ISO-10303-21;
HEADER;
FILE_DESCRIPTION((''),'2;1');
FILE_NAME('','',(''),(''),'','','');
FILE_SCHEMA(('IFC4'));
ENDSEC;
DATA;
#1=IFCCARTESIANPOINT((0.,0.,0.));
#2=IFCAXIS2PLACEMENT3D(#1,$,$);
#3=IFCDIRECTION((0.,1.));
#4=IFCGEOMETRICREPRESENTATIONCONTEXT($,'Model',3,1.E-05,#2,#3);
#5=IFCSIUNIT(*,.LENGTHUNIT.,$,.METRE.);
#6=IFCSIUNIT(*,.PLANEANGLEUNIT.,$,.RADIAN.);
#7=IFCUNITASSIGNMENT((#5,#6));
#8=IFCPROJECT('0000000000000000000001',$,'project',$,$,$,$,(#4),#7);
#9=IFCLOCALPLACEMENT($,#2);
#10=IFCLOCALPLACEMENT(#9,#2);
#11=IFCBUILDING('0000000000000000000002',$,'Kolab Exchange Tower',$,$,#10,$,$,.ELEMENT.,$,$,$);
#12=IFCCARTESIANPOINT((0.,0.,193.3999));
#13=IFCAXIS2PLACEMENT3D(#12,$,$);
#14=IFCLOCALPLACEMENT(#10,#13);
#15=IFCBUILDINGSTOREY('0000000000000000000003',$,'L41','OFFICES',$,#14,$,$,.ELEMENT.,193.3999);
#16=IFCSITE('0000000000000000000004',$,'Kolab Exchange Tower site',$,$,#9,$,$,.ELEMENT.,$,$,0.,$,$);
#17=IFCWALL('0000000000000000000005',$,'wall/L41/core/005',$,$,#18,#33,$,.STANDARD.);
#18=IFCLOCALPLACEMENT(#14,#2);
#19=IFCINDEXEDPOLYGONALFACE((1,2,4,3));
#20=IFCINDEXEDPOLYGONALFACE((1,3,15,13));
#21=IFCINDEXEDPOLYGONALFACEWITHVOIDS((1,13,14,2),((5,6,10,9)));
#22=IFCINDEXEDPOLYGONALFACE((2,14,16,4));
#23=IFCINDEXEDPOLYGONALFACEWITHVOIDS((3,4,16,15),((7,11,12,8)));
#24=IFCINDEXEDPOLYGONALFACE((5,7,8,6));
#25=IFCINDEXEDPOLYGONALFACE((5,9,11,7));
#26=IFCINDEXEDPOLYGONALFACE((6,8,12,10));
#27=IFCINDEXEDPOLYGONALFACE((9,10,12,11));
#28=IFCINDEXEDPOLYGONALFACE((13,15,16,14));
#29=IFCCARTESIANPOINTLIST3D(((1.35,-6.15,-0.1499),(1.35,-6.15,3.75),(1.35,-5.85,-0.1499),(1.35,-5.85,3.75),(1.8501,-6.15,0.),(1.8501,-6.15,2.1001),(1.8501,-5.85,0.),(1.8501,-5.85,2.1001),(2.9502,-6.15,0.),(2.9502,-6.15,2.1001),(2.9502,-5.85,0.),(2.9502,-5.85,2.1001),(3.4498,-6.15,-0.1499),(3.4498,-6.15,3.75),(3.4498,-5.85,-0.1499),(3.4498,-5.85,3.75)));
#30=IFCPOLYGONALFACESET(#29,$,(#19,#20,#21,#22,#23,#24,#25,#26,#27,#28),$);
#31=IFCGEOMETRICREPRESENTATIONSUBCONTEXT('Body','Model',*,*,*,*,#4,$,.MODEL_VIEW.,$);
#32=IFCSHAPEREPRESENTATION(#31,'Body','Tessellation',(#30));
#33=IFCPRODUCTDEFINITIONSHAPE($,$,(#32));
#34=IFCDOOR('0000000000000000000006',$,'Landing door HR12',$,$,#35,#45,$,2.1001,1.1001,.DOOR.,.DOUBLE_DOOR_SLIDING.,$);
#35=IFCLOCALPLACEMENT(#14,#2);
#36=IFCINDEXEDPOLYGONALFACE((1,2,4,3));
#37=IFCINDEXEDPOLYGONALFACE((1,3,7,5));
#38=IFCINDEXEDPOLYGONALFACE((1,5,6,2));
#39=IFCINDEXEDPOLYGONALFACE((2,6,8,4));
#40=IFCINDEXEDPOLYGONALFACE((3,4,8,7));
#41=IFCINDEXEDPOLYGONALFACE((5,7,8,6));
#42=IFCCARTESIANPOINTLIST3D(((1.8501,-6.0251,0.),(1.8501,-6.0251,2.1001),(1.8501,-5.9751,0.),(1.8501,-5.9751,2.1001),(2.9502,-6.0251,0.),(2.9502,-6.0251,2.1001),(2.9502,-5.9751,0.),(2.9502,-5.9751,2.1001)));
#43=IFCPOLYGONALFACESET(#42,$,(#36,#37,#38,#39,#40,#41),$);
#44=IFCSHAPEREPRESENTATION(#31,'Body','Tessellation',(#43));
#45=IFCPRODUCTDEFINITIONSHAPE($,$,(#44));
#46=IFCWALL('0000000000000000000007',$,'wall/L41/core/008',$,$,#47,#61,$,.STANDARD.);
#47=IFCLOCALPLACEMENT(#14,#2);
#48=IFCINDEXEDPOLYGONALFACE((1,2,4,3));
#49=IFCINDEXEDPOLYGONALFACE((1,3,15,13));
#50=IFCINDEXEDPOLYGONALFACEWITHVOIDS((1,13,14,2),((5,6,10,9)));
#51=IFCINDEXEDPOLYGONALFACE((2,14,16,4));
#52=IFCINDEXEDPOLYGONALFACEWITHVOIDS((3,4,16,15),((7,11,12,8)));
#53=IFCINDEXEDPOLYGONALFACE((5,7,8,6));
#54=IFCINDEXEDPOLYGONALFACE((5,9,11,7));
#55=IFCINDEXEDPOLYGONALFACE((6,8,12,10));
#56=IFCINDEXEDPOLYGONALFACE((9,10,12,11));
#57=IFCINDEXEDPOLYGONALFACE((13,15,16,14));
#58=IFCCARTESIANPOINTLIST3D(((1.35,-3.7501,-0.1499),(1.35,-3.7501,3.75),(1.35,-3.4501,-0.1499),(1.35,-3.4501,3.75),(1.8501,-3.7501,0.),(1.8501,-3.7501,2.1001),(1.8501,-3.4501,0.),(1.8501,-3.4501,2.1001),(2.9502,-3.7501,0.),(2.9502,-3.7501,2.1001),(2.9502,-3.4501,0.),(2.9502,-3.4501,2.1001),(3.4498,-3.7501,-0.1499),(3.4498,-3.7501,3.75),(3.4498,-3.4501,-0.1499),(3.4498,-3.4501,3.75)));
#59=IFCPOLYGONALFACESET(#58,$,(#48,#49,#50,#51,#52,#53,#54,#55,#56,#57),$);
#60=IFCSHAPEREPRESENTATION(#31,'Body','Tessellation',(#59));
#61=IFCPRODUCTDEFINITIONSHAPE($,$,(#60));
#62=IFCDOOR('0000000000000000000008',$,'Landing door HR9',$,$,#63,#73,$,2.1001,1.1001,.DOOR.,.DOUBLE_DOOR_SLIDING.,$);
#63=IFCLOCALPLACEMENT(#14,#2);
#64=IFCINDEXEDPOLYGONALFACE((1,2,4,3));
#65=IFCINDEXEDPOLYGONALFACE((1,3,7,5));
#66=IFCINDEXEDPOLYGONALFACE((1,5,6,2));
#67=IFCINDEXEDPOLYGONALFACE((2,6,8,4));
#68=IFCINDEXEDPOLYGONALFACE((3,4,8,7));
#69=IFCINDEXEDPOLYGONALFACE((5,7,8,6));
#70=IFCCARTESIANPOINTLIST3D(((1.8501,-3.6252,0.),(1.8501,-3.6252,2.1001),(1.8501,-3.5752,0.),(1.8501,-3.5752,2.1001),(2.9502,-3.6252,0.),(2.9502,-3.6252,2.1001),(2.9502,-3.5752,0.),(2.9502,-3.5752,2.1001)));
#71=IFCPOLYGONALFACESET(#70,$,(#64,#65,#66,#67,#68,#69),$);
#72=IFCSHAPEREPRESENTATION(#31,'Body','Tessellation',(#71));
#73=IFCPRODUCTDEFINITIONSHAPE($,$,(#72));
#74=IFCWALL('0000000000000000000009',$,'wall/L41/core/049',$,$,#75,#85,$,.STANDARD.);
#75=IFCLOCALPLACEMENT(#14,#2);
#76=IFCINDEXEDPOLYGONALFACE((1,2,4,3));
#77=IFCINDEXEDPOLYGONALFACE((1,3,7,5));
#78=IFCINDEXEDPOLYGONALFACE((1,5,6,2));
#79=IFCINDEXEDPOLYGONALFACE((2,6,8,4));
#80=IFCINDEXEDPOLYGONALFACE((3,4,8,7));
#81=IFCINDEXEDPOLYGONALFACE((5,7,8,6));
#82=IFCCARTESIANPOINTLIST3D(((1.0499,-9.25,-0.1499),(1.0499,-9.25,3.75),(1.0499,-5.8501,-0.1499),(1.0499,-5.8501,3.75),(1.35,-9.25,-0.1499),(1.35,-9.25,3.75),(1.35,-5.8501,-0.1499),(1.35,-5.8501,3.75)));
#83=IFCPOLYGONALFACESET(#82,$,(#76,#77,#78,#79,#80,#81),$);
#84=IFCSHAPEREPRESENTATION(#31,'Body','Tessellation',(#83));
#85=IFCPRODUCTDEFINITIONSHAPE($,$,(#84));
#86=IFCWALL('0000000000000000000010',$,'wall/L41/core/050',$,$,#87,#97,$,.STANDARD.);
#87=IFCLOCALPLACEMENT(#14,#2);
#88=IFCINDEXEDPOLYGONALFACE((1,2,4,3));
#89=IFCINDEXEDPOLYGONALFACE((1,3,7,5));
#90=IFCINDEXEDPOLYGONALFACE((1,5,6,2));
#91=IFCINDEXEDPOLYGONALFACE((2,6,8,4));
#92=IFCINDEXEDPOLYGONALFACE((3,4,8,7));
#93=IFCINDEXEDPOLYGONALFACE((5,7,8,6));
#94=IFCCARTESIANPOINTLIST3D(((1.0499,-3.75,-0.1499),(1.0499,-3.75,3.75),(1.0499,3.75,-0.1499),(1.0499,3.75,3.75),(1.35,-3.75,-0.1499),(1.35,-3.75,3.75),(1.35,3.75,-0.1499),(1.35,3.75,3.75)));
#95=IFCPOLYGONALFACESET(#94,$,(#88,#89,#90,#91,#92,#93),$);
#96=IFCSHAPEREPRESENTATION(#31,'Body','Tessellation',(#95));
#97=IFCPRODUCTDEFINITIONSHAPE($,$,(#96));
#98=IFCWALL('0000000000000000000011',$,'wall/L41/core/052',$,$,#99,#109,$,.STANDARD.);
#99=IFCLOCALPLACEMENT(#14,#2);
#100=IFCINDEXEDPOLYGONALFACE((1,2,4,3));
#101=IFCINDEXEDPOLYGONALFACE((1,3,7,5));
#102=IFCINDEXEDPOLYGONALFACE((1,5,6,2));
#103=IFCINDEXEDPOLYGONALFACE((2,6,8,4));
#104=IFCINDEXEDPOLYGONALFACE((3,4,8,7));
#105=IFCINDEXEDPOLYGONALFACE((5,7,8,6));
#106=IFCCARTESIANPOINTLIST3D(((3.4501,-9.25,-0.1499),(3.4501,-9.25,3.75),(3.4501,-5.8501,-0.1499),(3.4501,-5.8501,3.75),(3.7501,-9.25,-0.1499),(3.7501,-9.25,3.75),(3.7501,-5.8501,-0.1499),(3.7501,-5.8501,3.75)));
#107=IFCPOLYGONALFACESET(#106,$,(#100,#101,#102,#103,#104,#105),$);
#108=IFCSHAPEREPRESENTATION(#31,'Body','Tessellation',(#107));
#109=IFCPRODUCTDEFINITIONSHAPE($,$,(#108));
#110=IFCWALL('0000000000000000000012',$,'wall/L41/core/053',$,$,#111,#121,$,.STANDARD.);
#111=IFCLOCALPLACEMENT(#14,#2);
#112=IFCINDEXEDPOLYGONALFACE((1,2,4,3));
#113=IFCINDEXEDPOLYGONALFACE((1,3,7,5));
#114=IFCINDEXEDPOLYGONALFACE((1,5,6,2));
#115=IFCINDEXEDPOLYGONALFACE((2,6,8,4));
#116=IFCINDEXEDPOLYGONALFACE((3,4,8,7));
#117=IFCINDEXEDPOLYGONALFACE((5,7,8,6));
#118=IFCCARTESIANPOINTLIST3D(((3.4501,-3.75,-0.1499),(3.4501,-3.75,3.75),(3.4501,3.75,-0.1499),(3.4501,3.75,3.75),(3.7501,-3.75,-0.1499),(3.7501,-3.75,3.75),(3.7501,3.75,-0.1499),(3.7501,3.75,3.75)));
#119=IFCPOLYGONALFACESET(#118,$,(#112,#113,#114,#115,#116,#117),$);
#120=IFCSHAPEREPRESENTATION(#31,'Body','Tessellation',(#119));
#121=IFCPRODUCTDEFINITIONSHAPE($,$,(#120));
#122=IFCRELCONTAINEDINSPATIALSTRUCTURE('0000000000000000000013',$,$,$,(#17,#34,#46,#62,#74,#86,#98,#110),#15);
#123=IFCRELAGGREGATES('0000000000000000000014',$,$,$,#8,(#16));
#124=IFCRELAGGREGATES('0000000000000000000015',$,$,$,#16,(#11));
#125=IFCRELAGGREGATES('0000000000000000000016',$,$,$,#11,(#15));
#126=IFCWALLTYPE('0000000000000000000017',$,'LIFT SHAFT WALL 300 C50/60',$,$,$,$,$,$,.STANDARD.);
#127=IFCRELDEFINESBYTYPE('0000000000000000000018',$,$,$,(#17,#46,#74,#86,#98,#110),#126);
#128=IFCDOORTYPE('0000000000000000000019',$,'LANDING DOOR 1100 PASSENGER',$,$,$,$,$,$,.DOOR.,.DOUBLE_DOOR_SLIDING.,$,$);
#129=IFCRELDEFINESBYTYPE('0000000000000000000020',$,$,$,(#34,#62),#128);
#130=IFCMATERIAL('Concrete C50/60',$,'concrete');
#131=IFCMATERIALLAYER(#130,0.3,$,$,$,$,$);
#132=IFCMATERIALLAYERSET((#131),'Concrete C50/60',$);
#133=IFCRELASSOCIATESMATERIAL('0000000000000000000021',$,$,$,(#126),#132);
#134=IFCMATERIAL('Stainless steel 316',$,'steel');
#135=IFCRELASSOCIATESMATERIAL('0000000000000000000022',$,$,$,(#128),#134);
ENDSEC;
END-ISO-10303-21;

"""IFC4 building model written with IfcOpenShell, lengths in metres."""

from ifc_helpers import new_model, si_unit, direction, frame, frame_2d, origin, place, context, subcontext, project, spatial, rectangle, extrude, material, layer, layer_set, type_object, element, fill, save


model = new_model("IFC4")

# Units and contexts
model_context = context("Model", 3, precision=1e-05, world=origin(), true_north=direction((0.0, 1.0)))
body_context = subcontext(model_context, "Body", "Model", "MODEL_VIEW")
ifc_project = project(units=[si_unit("LENGTHUNIT", "METRE"), si_unit("PLANEANGLEUNIT", "RADIAN")], contexts=[model_context])

# Site, building, storey
site_placement = place(None, origin())
site = spatial("IfcSite", under=ifc_project, at=site_placement, Name="Kolab Exchange Tower site", CompositionType="ELEMENT", RefElevation=0.0)
building_placement = place(site_placement, origin())
building = spatial("IfcBuilding", under=site, at=building_placement, Name="Kolab Exchange Tower", CompositionType="ELEMENT")
storey_placement = place(building_placement, frame((0.0, 0.0, 193.3999)))
storey = spatial("IfcBuildingStorey", under=building, at=storey_placement, Name="L41", Description="OFFICES", CompositionType="ELEMENT", Elevation=193.3999)

# Walls, openings, doors
ifc_material_1 = material(Name="Concrete C50/60", Category="concrete")
ifc_layer_1 = layer(ifc_material_1, 0.3)
ifc_layer_set_1 = layer_set([ifc_layer_1], Name="Concrete C50/60")
wall_type_1 = type_object("IfcWallType", Name="LIFT SHAFT WALL 300 C50/60", PredefinedType="STANDARD", material=ifc_layer_set_1)
wall_1_placement = place(storey_placement, frame((1.3501, -6.0, -0.1499), z_axis=(0.0, 0.0, 1.0), x_axis=(1.0, 0.0, 0.0)))
wall_1 = element("IfcWall", 1, at=wall_1_placement, inside=storey, type_object=wall_type_1, Name="wall/L41/core/005", PredefinedType="STANDARD", context=body_context, shape_type="SweptSolid", body=[
    extrude(rectangle(XDim=2.0999, YDim=0.3, at=frame_2d((1.0498, 0.0))), origin(), (0.0, 0.0, 1.0), 3.8999),
])
opening_1_placement = place(wall_1_placement, frame((0.5, 0.0, 0.1499)))
opening_1 = element("IfcOpeningElement", 2, at=opening_1_placement, cuts=wall_1, PredefinedType="OPENING", context=body_context, shape_type="SweptSolid", body=[
    extrude(rectangle(XDim=1.1001, YDim=2.1001, at=frame_2d((0.55, 1.05))), frame((0.0, 0.1602, 0.0), z_axis=(0.0, -1.0, 0.0), x_axis=(1.0, 0.0, 0.0)), (0.0, 0.0, 1.0), 0.3201),
])
ifc_material_2 = material(Name="Stainless steel 316", Category="steel")
door_type_1 = type_object("IfcDoorType", Name="LANDING DOOR 1100 PASSENGER", OperationType="DOUBLE_DOOR_SLIDING", PredefinedType="DOOR", material=ifc_material_2)
door_1_placement = place(opening_1_placement, origin())
door_1 = element("IfcDoor", 3, at=door_1_placement, inside=storey, type_object=door_type_1, Name="Landing door HR12", OperationType="DOUBLE_DOOR_SLIDING", OverallHeight=2.1001, OverallWidth=1.1001, PredefinedType="DOOR", context=body_context, shape_type="SweptSolid", body=[
    extrude(rectangle(XDim=1.1001, YDim=2.1001, at=frame_2d((0.55, 1.05))), frame((0.0, 0.0249, 0.0), z_axis=(0.0, -1.0, 0.0), x_axis=(1.0, 0.0, 0.0)), (0.0, 0.0, 1.0), 0.05),
])
fill(opening_1, door_1)
wall_2_placement = place(storey_placement, frame((1.3501, -3.6001, -0.1499), z_axis=(0.0, 0.0, 1.0), x_axis=(1.0, 0.0, 0.0)))
wall_2 = element("IfcWall", 4, at=wall_2_placement, inside=storey, type_object=wall_type_1, Name="wall/L41/core/008", PredefinedType="STANDARD", context=body_context, shape_type="SweptSolid", body=[
    extrude(rectangle(XDim=2.0999, YDim=0.3, at=frame_2d((1.0498, 0.0))), origin(), (0.0, 0.0, 1.0), 3.8999),
])
opening_2_placement = place(wall_2_placement, frame((0.5, 0.0, 0.1499)))
opening_2 = element("IfcOpeningElement", 5, at=opening_2_placement, cuts=wall_2, PredefinedType="OPENING", context=body_context, shape_type="SweptSolid", body=[
    extrude(rectangle(XDim=1.1001, YDim=2.1001, at=frame_2d((0.55, 1.05))), frame((0.0, 0.1602, 0.0), z_axis=(0.0, -1.0, 0.0), x_axis=(1.0, 0.0, 0.0)), (0.0, 0.0, 1.0), 0.3201),
])
door_2_placement = place(opening_2_placement, origin())
door_2 = element("IfcDoor", 6, at=door_2_placement, inside=storey, type_object=door_type_1, Name="Landing door HR9", OperationType="DOUBLE_DOOR_SLIDING", OverallHeight=2.1001, OverallWidth=1.1001, PredefinedType="DOOR", context=body_context, shape_type="SweptSolid", body=[
    extrude(rectangle(XDim=1.1001, YDim=2.1001, at=frame_2d((0.55, 1.05))), frame((0.0, 0.0249, 0.0), z_axis=(0.0, -1.0, 0.0), x_axis=(1.0, 0.0, 0.0)), (0.0, 0.0, 1.0), 0.05),
])
fill(opening_2, door_2)

# Walls
wall_3_placement = place(storey_placement, frame((1.2, -9.25, -0.1499), z_axis=(0.0, 0.0, 1.0), x_axis=(0.0, 1.0, 0.0)))
element("IfcWall", 7, at=wall_3_placement, inside=storey, type_object=wall_type_1, Name="wall/L41/core/049", PredefinedType="STANDARD", context=body_context, shape_type="SweptSolid", body=[
    extrude(rectangle(XDim=3.3999, YDim=0.3, at=frame_2d((1.7, 0.0))), origin(), (0.0, 0.0, 1.0), 3.8999),
])
wall_4_placement = place(storey_placement, frame((1.2, -3.75, -0.1499), z_axis=(0.0, 0.0, 1.0), x_axis=(0.0, 1.0, 0.0)))
element("IfcWall", 8, at=wall_4_placement, inside=storey, type_object=wall_type_1, Name="wall/L41/core/050", PredefinedType="STANDARD", context=body_context, shape_type="SweptSolid", body=[
    extrude(rectangle(XDim=7.5, YDim=0.3, at=frame_2d((3.75, 0.0))), origin(), (0.0, 0.0, 1.0), 3.8999),
])
wall_5_placement = place(storey_placement, frame((3.6001, -9.25, -0.1499), z_axis=(0.0, 0.0, 1.0), x_axis=(0.0, 1.0, 0.0)))
element("IfcWall", 9, at=wall_5_placement, inside=storey, type_object=wall_type_1, Name="wall/L41/core/052", PredefinedType="STANDARD", context=body_context, shape_type="SweptSolid", body=[
    extrude(rectangle(XDim=3.3999, YDim=0.3, at=frame_2d((1.7, 0.0))), origin(), (0.0, 0.0, 1.0), 3.8999),
])
wall_6_placement = place(storey_placement, frame((3.6001, -3.75, -0.1499), z_axis=(0.0, 0.0, 1.0), x_axis=(0.0, 1.0, 0.0)))
element("IfcWall", 10, at=wall_6_placement, inside=storey, type_object=wall_type_1, Name="wall/L41/core/053", PredefinedType="STANDARD", context=body_context, shape_type="SweptSolid", body=[
    extrude(rectangle(XDim=7.5, YDim=0.3, at=frame_2d((3.75, 0.0))), origin(), (0.0, 0.0, 1.0), 3.8999),
])

save(model, "model.ifc")
